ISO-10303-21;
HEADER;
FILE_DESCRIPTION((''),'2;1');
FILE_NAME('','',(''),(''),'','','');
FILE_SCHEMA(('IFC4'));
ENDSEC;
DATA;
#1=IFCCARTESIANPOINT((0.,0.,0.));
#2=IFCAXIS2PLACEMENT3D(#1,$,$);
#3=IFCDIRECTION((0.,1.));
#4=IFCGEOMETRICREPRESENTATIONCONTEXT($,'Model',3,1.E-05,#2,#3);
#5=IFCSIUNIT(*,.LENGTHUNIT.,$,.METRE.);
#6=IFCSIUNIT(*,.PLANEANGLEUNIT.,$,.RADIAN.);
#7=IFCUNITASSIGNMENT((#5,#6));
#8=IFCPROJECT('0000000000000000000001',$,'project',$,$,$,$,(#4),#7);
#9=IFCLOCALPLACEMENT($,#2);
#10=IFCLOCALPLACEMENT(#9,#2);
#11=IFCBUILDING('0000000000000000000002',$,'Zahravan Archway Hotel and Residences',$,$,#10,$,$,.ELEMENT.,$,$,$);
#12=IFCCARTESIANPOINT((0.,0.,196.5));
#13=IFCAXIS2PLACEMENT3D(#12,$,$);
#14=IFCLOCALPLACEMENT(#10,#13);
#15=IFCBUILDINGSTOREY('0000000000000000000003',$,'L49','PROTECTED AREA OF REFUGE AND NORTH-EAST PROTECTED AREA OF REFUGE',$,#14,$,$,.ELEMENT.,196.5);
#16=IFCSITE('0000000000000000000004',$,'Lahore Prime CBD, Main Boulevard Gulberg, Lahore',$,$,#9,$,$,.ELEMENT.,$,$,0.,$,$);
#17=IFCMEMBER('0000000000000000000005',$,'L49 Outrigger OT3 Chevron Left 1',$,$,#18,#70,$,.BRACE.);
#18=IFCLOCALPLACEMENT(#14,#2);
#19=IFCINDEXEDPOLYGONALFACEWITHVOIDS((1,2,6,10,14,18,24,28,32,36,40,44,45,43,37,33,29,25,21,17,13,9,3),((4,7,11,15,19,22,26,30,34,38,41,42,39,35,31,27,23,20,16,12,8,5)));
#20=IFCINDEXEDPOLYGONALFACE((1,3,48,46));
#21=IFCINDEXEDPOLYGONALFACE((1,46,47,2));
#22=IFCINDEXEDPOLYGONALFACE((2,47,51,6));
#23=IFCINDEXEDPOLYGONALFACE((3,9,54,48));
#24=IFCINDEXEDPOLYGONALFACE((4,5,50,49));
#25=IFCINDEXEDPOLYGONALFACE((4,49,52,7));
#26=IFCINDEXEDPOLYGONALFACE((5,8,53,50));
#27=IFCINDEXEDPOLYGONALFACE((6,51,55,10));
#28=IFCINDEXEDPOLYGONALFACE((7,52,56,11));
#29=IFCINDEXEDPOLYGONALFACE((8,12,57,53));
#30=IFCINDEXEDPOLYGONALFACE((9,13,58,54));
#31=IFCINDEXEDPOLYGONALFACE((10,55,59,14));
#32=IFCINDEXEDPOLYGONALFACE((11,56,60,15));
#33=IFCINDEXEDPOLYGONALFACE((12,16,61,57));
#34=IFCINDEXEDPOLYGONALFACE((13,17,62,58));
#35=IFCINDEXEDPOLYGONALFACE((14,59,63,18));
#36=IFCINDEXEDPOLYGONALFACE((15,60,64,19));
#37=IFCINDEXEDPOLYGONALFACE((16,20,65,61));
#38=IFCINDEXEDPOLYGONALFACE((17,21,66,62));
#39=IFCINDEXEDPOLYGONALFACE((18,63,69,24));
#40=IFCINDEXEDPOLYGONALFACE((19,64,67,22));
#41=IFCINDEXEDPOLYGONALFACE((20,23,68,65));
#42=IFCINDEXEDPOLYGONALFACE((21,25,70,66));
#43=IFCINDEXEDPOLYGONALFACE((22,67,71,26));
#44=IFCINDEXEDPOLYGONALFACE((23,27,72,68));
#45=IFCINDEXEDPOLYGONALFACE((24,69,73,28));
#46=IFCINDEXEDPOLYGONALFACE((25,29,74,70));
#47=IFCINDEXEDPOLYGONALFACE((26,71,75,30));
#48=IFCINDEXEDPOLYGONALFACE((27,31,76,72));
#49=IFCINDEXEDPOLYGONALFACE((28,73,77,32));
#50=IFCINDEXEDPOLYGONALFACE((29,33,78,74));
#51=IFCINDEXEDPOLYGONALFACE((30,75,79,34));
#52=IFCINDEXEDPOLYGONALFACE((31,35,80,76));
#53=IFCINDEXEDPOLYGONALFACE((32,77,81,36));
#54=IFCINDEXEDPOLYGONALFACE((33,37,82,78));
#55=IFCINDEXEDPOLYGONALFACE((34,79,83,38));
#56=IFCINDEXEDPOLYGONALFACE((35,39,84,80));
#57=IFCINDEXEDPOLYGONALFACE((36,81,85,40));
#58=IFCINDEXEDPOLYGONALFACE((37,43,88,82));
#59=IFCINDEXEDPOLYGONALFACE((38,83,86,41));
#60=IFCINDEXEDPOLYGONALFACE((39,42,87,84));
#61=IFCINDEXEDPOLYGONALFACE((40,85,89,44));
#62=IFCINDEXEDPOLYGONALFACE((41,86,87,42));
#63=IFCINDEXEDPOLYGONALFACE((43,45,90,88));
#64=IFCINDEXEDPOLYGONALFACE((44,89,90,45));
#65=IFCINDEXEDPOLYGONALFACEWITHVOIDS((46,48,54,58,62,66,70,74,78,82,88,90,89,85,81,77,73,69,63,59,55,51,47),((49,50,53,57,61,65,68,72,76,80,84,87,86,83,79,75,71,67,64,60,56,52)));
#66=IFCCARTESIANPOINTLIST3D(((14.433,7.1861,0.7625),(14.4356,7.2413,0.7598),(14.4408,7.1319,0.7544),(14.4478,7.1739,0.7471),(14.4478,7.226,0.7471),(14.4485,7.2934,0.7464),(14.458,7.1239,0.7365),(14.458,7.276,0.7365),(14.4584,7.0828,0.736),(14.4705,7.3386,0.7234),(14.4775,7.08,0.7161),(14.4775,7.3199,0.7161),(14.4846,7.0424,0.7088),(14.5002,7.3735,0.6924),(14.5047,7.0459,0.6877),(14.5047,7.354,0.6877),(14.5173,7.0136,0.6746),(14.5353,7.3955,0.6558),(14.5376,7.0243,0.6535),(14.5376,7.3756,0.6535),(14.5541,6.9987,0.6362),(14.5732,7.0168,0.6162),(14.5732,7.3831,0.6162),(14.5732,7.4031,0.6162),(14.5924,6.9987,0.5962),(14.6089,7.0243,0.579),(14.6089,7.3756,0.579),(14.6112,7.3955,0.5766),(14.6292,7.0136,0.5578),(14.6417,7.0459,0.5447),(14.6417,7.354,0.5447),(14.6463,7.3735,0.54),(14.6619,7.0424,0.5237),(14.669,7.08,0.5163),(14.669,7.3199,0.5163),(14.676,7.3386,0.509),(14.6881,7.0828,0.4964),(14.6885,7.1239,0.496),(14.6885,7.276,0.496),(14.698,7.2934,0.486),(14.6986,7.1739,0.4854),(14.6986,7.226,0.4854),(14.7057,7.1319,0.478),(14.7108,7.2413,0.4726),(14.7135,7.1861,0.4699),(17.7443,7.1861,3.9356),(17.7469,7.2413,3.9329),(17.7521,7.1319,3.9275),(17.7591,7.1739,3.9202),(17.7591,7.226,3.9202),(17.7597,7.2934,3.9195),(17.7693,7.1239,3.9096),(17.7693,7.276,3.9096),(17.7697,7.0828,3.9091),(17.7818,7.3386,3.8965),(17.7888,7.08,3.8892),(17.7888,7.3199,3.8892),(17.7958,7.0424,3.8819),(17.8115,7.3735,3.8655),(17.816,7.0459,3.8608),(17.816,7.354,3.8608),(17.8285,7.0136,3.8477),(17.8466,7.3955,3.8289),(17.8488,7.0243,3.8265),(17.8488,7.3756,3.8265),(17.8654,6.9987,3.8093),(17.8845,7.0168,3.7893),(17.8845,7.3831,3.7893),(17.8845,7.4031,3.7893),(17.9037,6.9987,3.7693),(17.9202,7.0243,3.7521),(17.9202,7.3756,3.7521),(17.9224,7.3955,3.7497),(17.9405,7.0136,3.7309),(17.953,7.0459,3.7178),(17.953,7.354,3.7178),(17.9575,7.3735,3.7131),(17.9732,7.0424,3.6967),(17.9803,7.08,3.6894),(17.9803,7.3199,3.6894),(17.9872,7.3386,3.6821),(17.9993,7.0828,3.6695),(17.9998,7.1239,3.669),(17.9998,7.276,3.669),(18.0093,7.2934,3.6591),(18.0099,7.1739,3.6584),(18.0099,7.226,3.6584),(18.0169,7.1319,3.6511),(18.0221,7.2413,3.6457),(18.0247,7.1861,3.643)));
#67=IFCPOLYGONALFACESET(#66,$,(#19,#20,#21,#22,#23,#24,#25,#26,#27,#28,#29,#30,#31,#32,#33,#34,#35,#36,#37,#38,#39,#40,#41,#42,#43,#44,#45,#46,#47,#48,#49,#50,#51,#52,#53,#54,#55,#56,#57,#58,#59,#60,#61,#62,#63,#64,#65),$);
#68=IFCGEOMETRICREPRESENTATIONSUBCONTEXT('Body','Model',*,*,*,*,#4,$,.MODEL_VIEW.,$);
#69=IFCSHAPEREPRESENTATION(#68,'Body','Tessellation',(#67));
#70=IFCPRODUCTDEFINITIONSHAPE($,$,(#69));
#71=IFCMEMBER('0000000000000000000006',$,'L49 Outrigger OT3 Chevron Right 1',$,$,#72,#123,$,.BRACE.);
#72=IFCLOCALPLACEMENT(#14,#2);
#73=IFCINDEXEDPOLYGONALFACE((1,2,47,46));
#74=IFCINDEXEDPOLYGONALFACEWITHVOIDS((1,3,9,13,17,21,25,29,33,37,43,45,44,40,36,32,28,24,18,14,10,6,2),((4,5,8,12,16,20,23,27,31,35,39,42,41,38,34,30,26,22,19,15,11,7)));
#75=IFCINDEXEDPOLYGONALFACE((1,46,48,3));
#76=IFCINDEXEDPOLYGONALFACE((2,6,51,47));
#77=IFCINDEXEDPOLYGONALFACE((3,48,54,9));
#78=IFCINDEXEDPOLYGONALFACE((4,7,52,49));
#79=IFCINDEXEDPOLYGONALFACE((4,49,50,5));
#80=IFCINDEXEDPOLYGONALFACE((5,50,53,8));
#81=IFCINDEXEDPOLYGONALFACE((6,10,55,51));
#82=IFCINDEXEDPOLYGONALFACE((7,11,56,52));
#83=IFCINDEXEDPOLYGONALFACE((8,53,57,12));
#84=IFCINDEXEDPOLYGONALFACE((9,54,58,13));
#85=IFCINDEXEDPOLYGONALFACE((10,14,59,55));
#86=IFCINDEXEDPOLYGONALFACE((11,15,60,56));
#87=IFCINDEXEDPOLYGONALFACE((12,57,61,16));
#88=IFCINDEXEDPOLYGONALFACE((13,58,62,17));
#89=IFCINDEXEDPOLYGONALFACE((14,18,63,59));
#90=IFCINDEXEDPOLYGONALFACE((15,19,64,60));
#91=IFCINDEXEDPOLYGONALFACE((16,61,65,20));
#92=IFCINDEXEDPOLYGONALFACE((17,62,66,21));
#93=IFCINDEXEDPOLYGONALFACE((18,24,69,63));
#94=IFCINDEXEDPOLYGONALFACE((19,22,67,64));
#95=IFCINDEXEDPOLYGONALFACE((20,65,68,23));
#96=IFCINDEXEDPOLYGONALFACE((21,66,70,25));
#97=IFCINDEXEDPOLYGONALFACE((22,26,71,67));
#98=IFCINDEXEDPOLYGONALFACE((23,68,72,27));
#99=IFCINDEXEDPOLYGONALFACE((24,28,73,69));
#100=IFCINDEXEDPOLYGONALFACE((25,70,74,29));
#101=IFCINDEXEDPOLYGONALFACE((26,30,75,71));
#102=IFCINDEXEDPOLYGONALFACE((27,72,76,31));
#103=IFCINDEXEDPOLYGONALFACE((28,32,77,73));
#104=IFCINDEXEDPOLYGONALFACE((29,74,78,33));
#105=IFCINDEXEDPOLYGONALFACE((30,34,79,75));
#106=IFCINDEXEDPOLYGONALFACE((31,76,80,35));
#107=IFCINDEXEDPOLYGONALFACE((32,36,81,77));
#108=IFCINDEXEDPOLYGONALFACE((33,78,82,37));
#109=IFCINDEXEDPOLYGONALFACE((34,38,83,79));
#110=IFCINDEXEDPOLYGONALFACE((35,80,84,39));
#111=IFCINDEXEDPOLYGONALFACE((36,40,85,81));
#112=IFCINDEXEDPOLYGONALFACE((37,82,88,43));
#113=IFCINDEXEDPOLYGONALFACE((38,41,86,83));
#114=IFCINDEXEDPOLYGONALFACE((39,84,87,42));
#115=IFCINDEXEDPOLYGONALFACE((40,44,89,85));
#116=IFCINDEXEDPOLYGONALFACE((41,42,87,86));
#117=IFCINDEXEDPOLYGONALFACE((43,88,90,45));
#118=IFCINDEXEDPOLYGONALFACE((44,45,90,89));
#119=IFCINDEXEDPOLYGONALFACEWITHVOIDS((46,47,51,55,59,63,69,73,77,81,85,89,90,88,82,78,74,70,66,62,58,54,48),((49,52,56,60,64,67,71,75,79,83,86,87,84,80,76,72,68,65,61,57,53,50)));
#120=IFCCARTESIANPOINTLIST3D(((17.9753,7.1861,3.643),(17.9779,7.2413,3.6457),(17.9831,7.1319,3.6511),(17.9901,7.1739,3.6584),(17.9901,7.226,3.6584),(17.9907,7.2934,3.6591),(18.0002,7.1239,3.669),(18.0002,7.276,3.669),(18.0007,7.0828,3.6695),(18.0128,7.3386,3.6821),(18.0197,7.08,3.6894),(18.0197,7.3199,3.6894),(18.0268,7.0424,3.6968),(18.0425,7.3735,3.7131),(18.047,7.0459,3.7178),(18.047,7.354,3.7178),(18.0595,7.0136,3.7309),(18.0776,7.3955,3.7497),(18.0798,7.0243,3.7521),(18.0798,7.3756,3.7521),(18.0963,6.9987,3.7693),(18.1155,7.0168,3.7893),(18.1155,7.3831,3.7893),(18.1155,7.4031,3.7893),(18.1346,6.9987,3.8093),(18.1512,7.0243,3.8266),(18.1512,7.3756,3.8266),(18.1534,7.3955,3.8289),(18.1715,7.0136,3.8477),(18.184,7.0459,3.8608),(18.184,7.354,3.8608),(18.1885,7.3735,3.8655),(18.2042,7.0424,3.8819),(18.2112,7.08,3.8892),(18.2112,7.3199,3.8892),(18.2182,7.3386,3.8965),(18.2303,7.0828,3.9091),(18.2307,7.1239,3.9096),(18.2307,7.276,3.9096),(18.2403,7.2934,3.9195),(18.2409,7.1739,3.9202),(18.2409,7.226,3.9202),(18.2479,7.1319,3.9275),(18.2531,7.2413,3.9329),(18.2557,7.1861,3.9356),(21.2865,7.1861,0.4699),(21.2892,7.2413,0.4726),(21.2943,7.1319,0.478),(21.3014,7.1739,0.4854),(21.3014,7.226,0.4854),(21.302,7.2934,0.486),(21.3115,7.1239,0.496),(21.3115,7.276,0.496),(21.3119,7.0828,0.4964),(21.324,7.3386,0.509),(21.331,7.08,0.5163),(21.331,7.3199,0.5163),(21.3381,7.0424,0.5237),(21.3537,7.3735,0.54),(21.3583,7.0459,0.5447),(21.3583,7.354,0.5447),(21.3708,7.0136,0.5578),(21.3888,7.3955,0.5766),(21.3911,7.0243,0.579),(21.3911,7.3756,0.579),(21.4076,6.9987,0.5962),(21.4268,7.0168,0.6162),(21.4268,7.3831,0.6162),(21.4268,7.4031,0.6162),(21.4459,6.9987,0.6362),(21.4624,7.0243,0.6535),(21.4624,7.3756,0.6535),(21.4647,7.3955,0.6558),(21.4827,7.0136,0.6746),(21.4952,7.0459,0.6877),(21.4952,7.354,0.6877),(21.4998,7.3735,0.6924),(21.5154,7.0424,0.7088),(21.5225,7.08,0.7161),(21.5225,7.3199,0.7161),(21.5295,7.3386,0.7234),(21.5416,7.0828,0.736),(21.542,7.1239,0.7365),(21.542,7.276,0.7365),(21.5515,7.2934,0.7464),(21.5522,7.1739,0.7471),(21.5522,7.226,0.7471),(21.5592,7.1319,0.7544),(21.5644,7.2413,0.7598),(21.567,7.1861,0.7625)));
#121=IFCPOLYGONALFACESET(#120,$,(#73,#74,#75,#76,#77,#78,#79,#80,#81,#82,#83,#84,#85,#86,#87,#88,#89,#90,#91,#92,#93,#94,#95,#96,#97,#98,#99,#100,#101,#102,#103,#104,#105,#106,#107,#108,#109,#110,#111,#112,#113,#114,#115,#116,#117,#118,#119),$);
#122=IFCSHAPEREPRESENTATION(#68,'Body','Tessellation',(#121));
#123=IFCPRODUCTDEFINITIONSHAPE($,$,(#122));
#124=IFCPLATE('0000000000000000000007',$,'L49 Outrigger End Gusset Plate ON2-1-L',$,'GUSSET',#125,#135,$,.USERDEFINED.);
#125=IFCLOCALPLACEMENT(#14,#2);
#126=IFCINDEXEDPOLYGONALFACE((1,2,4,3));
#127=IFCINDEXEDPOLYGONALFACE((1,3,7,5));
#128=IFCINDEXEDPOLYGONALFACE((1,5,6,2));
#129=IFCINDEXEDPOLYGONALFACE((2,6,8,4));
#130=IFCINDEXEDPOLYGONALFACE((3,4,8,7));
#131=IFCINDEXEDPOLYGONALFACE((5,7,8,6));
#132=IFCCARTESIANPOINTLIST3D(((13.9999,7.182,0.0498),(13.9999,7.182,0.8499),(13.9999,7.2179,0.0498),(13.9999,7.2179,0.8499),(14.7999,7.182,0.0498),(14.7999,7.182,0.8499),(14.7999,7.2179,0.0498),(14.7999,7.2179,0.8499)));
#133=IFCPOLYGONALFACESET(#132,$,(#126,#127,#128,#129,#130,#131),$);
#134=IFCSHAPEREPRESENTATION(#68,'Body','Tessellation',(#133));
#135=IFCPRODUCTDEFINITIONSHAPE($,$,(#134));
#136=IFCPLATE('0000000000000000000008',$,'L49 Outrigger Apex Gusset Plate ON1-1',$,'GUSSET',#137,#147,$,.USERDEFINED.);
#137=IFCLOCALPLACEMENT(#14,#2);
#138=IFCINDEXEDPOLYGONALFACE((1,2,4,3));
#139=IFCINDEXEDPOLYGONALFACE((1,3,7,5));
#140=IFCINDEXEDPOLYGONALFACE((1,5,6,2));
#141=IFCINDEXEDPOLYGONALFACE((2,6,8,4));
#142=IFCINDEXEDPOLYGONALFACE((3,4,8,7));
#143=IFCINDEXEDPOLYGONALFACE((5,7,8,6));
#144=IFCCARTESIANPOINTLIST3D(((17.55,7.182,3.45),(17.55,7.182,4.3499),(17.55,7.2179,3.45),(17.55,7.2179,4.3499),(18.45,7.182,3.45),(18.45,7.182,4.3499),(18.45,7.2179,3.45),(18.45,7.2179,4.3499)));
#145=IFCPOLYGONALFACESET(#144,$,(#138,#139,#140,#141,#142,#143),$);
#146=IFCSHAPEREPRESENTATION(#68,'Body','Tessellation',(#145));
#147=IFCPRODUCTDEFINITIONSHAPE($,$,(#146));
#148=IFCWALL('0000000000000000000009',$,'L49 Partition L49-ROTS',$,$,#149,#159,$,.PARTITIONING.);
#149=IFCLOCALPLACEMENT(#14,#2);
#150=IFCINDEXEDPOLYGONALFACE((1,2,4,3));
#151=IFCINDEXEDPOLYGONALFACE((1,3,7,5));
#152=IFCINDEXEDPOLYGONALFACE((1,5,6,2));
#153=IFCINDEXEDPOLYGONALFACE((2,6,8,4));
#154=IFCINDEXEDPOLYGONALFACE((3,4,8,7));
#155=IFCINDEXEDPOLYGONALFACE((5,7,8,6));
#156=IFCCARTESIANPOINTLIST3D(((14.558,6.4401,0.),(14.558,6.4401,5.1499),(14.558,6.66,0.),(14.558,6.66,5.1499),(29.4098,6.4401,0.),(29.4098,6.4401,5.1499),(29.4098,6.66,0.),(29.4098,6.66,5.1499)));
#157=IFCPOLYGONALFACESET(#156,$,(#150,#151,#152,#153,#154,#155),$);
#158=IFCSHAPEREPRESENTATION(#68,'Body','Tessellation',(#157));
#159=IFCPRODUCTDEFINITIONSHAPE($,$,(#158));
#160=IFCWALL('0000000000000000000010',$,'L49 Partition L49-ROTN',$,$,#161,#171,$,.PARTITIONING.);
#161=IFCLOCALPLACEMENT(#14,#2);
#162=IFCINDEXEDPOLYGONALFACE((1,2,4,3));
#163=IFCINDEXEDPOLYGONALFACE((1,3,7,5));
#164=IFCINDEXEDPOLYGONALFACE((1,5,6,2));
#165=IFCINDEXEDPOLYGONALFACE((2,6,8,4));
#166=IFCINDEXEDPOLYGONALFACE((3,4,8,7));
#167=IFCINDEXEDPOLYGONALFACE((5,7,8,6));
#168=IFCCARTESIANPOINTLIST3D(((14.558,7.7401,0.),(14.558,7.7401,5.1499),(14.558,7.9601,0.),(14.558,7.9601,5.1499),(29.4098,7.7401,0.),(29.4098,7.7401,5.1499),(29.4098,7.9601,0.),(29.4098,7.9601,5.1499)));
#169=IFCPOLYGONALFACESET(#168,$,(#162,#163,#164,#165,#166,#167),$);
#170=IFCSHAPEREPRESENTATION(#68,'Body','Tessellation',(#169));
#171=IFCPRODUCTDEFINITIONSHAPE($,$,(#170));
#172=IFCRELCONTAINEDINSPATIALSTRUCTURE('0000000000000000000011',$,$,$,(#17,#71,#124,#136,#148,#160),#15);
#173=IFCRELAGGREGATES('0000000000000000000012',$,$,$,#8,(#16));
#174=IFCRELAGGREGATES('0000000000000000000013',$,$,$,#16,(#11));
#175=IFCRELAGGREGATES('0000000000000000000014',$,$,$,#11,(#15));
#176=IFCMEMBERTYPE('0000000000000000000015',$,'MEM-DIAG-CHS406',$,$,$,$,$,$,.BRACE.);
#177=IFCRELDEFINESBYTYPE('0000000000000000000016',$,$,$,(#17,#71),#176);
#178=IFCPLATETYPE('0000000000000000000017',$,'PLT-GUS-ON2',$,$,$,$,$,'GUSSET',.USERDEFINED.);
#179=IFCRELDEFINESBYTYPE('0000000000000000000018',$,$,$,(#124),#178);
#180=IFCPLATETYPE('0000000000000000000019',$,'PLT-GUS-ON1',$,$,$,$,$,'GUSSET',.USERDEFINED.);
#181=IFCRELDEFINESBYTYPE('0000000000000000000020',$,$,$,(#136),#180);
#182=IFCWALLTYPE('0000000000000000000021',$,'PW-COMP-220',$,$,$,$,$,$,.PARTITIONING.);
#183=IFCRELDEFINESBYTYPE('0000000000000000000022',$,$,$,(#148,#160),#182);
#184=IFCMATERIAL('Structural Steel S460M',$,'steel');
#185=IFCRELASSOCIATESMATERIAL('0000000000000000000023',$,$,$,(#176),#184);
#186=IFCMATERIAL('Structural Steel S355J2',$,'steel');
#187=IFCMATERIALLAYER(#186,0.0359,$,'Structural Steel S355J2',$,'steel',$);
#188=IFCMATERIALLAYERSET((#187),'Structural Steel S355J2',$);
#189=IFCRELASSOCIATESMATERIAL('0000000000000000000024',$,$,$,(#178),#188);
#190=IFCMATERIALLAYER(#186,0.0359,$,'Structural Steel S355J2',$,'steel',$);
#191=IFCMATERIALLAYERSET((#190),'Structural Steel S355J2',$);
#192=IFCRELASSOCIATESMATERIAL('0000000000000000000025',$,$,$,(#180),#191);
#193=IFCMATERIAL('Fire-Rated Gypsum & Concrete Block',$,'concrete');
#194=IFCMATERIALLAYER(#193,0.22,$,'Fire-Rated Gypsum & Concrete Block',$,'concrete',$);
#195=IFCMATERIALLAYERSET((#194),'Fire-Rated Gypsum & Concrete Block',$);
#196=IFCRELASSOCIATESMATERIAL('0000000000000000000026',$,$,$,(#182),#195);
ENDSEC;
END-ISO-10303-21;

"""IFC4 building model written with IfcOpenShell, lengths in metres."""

from ifc_helpers import new_model, si_unit, direction, frame, frame_2d, origin, origin_2d, place, context, subcontext, project, spatial, rectangle, hollow_circle, extrude, source, transform, mapped, material, layer, layer_set, material_profile, profile_set, type_object, type_shapes, element, save


model = new_model("IFC4")

# Units and contexts
model_context = context("Model", 3, precision=1e-05, world=origin(), true_north=direction((0.0, 1.0)))
body_context = subcontext(model_context, "Body", "Model", "MODEL_VIEW")
ifc_project = project(units=[si_unit("LENGTHUNIT", "METRE"), si_unit("PLANEANGLEUNIT", "RADIAN")], contexts=[model_context])

# Site, building, storey
site_placement = place(None, origin())
site = spatial("IfcSite", under=ifc_project, at=site_placement, Name="Lahore Prime CBD, Main Boulevard Gulberg, Lahore", CompositionType="ELEMENT", RefElevation=0.0)
building_placement = place(site_placement, origin())
building = spatial("IfcBuilding", under=site, at=building_placement, Name="Zahravan Archway Hotel and Residences", CompositionType="ELEMENT")
storey_placement = place(building_placement, frame((0.0, 0.0, 196.5)))
storey = spatial("IfcBuildingStorey", under=building, at=storey_placement, Name="L49", Description="PROTECTED AREA OF REFUGE AND NORTH-EAST PROTECTED AREA OF REFUGE", CompositionType="ELEMENT", Elevation=196.5)

# Shared definitions
ifc_material_1 = material(Name="Structural Steel S460M", Category="steel")

# Members
ifc_material_profile_1 = material_profile(ifc_material_1, hollow_circle(Radius=0.2031, WallThickness=0.02, at=origin_2d()), Name="CHS 406.4x20", Category="steel")
ifc_profile_set_1 = profile_set([ifc_material_profile_1], Name="Structural Steel S460M")
member_type = type_object("IfcMemberType", Name="MEM-DIAG-CHS406", PredefinedType="BRACE", material=ifc_profile_set_1)
shared_shape_1 = source(origin(), body_context, "Body", "SweptSolid", [
    extrude(hollow_circle(Radius=0.2031, WallThickness=0.02, at=origin_2d()), origin(), (0.0, 0.0, 1.0), 4.5862),
])
type_shapes(member_type, [shared_shape_1])
for number, where, z_axis, x_axis, name in (
    (1, (14.5732, 7.2, 0.6162), (0.722011, 0.0, 0.691881), (0.0, 1.0, 0.0), "L49 Outrigger OT3 Chevron Left 1"),
    (2, (18.1155, 7.2, 3.7893), (0.722011, 0.0, -0.691881), (0.0, 1.0, 0.0), "L49 Outrigger OT3 Chevron Right 1"),
):
    element("IfcMember", number, at=place(storey_placement, frame(where, z_axis=z_axis, x_axis=x_axis)), inside=storey, type_object=member_type, Name=name, PredefinedType="BRACE", context=body_context, shape_type="MappedRepresentation", body=[
        mapped(shared_shape_1, transform((0.0, 0.0, 0.0), scale=1.0)),
    ])

# Plates
ifc_material_2 = material(Name="Structural Steel S355J2", Category="steel")
ifc_layer_1 = layer(ifc_material_2, 0.0359, Name="Structural Steel S355J2", Category="steel")
ifc_layer_set_1 = layer_set([ifc_layer_1], Name="Structural Steel S355J2")
plate_type_1 = type_object("IfcPlateType", Name="PLT-GUS-ON2", ElementType="GUSSET", PredefinedType="USERDEFINED", material=ifc_layer_set_1)
shared_shape_2 = source(origin(), body_context, "Body", "SweptSolid", [
    extrude(rectangle(XDim=0.8, YDim=0.0359, at=origin_2d()), origin(), (0.0, 0.0, 1.0), 0.8),
])
type_shapes(plate_type_1, [shared_shape_2])
plate_1_placement = place(storey_placement, frame((14.3999, 7.2, 0.0498), z_axis=(0.0, 0.0, 1.0), x_axis=(1.0, 0.0, 0.0)))
element("IfcPlate", 3, at=plate_1_placement, inside=storey, type_object=plate_type_1, Name="L49 Outrigger End Gusset Plate ON2-1-L", ObjectType="GUSSET", PredefinedType="USERDEFINED", context=body_context, shape_type="MappedRepresentation", body=[
    mapped(shared_shape_2, transform((0.0, 0.0, 0.0), scale=1.0)),
])
ifc_layer_2 = layer(ifc_material_2, 0.0359, Name="Structural Steel S355J2", Category="steel")
ifc_layer_set_2 = layer_set([ifc_layer_2], Name="Structural Steel S355J2")
plate_type_2 = type_object("IfcPlateType", Name="PLT-GUS-ON1", ElementType="GUSSET", PredefinedType="USERDEFINED", material=ifc_layer_set_2)
shared_shape_3 = source(origin(), body_context, "Body", "SweptSolid", [
    extrude(rectangle(XDim=0.8999, YDim=0.0359, at=origin_2d()), origin(), (0.0, 0.0, 1.0), 0.8999),
])
type_shapes(plate_type_2, [shared_shape_3])
plate_2_placement = place(storey_placement, frame((18.0, 7.2, 3.45), z_axis=(0.0, 0.0, 1.0), x_axis=(1.0, 0.0, 0.0)))
element("IfcPlate", 4, at=plate_2_placement, inside=storey, type_object=plate_type_2, Name="L49 Outrigger Apex Gusset Plate ON1-1", ObjectType="GUSSET", PredefinedType="USERDEFINED", context=body_context, shape_type="MappedRepresentation", body=[
    mapped(shared_shape_3, transform((0.0, 0.0, 0.0), scale=1.0)),
])

# Walls
ifc_material_3 = material(Name="Fire-Rated Gypsum & Concrete Block", Category="concrete")
ifc_layer_3 = layer(ifc_material_3, 0.22, Name="Fire-Rated Gypsum & Concrete Block", Category="concrete")
ifc_layer_set_3 = layer_set([ifc_layer_3], Name="Fire-Rated Gypsum & Concrete Block")
wall_type_1 = type_object("IfcWallType", Name="PW-COMP-220", PredefinedType="PARTITIONING", material=ifc_layer_set_3)
for number, where, z_axis, x_axis, name in (
    (5, (14.5581, 6.55, 0.0), (0.0, 0.0, 1.0), (1.0, 0.0, 0.0), "L49 Partition L49-ROTS"),
    (6, (14.5581, 7.8501, 0.0), (0.0, 0.0, 1.0), (1.0, 0.0, 0.0), "L49 Partition L49-ROTN"),
):
    element("IfcWall", number, at=place(storey_placement, frame(where, z_axis=z_axis, x_axis=x_axis)), inside=storey, type_object=wall_type_1, Name=name, PredefinedType="PARTITIONING", context=body_context, shape_type="SweptSolid", body=[
        extrude(rectangle(XDim=14.8518, YDim=0.22, at=frame_2d((7.4258, 0.0))), origin(), (0.0, 0.0, 1.0), 5.1499),
    ])

save(model, "model.ifc")
